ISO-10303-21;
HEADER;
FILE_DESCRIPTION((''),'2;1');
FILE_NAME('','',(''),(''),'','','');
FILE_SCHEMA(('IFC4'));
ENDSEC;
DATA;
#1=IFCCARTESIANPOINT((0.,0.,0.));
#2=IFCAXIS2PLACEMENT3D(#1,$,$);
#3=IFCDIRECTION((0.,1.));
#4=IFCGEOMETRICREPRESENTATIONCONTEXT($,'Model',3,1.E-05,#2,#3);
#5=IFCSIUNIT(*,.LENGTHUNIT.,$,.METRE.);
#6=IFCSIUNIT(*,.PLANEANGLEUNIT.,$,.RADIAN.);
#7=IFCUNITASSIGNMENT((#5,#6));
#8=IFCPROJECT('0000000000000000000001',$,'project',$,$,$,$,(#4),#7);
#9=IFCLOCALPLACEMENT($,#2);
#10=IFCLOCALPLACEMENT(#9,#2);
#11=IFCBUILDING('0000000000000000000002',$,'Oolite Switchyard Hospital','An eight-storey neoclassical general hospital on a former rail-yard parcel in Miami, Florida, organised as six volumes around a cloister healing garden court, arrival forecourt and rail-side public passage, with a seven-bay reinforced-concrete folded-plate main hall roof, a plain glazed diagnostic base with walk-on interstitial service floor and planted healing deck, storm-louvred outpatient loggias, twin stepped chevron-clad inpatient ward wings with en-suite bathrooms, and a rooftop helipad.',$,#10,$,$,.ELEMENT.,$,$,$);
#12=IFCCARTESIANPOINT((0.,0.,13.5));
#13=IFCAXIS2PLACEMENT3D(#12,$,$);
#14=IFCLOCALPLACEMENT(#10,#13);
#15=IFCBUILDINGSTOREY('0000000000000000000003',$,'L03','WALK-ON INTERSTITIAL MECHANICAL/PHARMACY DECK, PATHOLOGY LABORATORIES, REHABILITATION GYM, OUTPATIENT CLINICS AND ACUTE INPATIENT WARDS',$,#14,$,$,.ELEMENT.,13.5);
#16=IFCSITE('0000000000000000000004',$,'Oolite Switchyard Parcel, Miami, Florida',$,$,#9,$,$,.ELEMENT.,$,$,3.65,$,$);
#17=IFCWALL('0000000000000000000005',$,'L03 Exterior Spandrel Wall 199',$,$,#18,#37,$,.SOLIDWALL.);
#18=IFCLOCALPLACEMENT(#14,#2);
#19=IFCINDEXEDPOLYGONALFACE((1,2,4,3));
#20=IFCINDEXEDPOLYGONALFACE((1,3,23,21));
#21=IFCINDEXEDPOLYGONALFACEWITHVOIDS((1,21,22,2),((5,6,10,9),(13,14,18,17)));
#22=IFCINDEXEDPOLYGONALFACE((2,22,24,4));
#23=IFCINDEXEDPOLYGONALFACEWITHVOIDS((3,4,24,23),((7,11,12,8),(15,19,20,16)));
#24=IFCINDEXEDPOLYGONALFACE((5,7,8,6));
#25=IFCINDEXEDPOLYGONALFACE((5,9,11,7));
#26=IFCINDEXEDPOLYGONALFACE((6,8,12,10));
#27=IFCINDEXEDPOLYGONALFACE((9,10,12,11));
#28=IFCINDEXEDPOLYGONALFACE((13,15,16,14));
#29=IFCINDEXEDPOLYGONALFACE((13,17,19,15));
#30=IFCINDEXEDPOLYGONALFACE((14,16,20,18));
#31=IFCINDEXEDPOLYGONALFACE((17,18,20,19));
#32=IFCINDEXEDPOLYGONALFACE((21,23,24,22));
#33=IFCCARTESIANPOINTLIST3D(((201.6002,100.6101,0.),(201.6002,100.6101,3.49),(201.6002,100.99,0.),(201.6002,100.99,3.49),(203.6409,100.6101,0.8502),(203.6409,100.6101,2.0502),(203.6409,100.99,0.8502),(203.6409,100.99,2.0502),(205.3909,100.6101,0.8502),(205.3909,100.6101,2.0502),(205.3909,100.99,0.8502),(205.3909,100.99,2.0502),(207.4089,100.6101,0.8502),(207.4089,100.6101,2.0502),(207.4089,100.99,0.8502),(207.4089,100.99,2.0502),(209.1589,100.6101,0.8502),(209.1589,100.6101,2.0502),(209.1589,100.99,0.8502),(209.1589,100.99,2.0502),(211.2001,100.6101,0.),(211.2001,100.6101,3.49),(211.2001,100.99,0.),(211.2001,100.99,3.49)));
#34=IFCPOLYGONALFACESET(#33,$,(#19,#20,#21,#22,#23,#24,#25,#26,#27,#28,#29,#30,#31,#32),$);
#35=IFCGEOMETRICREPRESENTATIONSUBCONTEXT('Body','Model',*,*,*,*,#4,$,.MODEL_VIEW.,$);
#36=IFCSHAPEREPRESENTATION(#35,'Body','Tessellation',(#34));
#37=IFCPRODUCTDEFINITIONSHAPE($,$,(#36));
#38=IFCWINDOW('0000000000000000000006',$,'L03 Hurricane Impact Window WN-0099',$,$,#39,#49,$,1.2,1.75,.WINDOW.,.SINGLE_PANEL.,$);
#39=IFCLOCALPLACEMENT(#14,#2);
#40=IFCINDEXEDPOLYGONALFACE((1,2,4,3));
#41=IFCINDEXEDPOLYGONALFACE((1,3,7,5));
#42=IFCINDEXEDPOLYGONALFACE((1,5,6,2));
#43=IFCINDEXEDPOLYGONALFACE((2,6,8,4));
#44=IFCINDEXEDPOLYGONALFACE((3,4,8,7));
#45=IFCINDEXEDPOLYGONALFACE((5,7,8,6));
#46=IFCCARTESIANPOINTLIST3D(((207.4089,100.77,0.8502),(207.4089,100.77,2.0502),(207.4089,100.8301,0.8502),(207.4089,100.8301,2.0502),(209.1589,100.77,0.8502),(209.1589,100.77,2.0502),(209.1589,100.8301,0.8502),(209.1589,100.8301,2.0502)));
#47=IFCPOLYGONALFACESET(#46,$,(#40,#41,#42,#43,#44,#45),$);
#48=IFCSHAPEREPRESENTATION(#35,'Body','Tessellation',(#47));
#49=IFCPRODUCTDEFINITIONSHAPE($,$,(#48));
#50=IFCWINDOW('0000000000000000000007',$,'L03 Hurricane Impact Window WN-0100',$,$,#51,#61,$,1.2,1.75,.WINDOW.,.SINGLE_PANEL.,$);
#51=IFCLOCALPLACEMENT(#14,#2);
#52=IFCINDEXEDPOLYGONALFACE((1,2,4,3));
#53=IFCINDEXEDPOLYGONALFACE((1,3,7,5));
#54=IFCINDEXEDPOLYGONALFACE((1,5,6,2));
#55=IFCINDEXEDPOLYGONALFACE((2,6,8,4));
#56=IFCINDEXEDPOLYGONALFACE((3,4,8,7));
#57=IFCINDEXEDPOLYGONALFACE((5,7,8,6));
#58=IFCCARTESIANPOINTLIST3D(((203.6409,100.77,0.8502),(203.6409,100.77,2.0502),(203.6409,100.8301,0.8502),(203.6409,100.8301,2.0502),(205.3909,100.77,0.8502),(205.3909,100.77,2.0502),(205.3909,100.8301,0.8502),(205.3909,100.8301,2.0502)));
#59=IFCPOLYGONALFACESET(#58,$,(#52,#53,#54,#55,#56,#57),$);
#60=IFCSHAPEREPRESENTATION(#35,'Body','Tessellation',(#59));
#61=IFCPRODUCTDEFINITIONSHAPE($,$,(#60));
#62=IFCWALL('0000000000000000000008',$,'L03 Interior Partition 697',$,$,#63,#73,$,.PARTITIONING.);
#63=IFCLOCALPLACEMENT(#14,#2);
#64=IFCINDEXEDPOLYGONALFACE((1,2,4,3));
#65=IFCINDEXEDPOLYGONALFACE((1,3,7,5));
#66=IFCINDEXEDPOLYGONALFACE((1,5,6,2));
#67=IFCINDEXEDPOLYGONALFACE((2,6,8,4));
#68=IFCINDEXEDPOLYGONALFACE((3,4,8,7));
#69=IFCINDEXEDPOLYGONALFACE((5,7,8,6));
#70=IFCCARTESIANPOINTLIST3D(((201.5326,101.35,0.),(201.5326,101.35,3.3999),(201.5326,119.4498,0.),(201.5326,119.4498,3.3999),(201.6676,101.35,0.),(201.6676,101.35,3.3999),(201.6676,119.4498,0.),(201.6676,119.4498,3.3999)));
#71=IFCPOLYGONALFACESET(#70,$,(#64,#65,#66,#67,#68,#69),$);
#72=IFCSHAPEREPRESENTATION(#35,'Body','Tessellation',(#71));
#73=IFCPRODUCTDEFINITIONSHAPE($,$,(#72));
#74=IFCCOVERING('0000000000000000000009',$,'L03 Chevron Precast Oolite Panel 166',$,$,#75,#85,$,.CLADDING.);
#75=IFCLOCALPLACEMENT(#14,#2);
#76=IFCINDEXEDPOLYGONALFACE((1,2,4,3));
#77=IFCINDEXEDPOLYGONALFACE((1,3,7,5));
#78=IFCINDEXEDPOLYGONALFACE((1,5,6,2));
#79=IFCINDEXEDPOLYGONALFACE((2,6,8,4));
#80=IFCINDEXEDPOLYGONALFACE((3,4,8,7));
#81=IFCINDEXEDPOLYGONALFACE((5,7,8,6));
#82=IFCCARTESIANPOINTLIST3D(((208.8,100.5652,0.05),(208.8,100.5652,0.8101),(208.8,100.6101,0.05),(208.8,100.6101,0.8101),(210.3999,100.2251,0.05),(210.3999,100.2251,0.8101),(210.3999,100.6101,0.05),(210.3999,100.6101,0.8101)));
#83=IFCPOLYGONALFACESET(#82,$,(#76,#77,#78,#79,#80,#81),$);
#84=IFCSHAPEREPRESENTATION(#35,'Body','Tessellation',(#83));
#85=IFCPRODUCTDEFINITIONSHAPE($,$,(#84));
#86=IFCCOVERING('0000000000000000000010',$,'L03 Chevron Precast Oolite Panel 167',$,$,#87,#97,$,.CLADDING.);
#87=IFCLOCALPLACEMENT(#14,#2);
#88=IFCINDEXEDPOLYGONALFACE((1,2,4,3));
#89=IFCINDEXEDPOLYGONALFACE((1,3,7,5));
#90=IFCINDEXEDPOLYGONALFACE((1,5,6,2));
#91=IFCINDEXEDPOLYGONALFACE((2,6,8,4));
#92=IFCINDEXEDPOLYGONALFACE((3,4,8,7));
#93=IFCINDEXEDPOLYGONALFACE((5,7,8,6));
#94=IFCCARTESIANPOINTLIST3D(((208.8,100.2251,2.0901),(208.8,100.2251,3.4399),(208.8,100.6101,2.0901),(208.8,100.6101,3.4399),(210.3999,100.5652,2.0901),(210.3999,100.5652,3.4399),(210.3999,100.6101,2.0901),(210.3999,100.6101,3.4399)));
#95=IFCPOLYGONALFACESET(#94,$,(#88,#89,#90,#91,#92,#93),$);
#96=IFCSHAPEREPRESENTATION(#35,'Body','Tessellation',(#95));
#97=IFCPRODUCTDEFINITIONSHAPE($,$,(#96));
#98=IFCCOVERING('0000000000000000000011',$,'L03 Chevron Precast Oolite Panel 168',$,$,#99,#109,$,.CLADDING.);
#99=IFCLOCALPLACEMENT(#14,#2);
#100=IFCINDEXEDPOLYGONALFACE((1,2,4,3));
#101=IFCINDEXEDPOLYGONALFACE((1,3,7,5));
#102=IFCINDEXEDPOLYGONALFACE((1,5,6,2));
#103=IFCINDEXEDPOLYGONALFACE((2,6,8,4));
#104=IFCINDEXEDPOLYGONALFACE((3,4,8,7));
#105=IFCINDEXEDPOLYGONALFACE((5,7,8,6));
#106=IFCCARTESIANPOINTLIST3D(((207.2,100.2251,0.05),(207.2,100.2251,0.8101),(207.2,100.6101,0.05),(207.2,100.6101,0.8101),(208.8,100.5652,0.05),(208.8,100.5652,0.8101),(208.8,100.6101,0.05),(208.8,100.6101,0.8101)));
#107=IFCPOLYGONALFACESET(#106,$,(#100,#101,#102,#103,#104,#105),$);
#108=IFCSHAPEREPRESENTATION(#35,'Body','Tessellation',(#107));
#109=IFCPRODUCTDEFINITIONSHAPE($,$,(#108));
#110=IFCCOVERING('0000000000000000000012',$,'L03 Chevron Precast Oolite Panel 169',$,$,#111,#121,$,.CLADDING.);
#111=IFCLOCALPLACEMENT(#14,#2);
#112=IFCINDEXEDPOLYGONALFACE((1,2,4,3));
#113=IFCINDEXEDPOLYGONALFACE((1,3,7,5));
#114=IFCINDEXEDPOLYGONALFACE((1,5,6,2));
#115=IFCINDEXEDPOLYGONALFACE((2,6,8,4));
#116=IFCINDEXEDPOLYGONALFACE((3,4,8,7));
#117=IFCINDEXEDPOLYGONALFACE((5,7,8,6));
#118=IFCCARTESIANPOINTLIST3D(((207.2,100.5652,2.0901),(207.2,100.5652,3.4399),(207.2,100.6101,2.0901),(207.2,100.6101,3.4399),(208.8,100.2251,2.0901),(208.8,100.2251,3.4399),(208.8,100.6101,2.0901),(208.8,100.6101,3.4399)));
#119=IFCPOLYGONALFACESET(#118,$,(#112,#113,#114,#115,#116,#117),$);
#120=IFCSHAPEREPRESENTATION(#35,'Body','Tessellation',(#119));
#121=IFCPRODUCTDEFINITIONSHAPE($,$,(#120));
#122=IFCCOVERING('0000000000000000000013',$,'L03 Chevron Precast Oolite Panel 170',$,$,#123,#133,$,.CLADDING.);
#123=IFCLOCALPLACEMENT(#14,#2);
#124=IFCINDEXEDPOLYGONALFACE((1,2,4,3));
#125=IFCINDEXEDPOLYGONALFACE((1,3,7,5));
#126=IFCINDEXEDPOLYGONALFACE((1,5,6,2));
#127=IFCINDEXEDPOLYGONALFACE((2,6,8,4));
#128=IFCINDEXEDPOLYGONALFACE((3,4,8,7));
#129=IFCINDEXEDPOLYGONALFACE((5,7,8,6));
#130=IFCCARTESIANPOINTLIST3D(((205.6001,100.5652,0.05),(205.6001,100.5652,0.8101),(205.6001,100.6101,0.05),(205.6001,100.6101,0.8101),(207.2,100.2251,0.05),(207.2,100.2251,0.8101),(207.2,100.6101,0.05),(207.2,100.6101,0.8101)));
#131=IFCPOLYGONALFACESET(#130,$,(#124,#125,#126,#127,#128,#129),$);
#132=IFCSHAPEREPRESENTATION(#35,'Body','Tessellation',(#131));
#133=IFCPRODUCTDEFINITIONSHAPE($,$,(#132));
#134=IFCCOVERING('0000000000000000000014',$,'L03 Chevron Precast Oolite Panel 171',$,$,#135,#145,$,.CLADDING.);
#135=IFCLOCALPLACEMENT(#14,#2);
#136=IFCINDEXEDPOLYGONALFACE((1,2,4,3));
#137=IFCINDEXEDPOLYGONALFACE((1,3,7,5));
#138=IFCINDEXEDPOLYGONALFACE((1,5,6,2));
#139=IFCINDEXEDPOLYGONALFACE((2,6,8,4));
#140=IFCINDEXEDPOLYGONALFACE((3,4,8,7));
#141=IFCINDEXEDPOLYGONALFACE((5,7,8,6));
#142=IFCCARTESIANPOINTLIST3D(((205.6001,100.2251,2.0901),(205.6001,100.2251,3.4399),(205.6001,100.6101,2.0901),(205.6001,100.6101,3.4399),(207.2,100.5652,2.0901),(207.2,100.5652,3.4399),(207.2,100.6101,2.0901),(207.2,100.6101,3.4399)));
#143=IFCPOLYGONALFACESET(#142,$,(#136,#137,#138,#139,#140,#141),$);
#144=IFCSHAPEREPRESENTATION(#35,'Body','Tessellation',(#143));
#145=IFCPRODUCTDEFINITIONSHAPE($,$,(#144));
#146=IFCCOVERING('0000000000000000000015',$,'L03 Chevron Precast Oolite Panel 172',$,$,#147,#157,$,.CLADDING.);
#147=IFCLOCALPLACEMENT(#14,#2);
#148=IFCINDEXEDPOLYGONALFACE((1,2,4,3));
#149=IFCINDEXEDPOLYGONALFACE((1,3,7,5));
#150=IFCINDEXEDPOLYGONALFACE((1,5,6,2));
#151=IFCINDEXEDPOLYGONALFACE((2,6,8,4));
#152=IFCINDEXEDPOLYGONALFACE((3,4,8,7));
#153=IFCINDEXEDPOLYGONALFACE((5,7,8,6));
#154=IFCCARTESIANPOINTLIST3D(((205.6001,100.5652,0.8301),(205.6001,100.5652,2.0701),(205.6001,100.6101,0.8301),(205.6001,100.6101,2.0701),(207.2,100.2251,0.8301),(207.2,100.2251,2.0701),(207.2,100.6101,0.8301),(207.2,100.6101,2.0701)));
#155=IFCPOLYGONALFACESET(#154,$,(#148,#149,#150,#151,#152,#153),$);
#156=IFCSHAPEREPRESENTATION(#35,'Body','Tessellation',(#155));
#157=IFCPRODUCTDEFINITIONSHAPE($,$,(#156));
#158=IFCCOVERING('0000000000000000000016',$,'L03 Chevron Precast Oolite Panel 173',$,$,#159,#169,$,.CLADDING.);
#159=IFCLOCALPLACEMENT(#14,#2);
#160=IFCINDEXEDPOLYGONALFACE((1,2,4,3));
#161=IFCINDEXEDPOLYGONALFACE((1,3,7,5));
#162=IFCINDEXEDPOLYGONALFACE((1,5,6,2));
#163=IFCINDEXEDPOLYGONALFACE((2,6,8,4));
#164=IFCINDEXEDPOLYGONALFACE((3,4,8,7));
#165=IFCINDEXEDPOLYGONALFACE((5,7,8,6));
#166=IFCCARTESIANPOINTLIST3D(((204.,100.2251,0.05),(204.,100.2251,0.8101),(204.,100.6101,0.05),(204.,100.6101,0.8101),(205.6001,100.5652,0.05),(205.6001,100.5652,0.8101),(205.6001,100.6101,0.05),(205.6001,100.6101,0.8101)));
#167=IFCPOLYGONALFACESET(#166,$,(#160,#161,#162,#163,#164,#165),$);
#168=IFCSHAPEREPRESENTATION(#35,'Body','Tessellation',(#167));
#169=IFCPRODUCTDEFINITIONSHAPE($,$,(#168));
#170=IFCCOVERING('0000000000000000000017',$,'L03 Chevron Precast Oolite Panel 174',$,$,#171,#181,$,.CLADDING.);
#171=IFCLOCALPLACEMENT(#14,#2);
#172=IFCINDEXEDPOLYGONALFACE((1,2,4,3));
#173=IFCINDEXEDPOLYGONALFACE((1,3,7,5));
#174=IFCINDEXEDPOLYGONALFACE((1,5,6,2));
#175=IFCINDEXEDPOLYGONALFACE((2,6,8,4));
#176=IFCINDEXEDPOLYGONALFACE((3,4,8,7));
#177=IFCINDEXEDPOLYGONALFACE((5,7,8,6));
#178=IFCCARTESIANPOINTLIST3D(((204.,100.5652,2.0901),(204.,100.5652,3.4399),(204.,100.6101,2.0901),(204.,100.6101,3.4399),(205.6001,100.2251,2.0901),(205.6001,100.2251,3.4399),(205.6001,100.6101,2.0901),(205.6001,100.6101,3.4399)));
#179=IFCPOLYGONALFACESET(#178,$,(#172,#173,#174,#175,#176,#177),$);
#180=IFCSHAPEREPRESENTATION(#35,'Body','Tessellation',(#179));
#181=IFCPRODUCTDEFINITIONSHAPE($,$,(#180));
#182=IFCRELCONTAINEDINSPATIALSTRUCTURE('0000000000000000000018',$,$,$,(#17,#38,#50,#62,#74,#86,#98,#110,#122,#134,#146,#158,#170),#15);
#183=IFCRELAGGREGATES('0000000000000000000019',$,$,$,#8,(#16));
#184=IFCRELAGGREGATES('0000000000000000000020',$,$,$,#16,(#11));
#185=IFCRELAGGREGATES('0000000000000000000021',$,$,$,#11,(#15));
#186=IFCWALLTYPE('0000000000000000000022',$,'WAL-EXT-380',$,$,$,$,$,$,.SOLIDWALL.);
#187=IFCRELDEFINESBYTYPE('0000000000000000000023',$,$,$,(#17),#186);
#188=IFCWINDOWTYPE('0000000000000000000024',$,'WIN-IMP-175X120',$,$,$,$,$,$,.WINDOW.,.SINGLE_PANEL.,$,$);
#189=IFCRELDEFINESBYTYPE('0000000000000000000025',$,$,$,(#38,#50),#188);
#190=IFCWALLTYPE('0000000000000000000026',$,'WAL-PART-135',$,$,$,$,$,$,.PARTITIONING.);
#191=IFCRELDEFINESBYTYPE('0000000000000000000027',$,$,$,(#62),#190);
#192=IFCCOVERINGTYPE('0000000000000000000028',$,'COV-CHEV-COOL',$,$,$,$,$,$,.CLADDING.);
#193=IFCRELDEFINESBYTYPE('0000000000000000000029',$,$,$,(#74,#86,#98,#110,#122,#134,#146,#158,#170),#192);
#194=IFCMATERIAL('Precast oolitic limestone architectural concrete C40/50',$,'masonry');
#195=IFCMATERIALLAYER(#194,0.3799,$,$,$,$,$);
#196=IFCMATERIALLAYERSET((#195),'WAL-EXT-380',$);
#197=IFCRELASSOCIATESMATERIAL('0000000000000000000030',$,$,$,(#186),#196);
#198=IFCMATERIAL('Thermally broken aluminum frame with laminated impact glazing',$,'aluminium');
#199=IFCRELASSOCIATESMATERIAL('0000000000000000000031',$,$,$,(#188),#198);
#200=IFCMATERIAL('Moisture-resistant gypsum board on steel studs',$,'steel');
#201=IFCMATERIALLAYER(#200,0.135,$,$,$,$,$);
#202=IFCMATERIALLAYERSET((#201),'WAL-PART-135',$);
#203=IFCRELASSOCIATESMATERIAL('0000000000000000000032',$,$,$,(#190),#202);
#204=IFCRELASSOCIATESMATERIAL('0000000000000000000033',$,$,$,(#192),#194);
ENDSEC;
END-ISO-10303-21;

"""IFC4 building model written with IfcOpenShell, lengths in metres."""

from ifc_helpers import new_model, si_unit, direction, frame, frame_2d, origin, place, context, subcontext, project, spatial, polyline, rectangle, outline, extrude, material, layer, layer_set, type_object, element, fill, save


model = new_model("IFC4")

# Units and contexts
model_context = context("Model", 3, precision=1e-05, world=origin(), true_north=direction((0.0, 1.0)))
body_context = subcontext(model_context, "Body", "Model", "MODEL_VIEW")
ifc_project = project(units=[si_unit("LENGTHUNIT", "METRE"), si_unit("PLANEANGLEUNIT", "RADIAN")], contexts=[model_context])

# Site, building, storey
site_placement = place(None, origin())
site = spatial("IfcSite", under=ifc_project, at=site_placement, Name="Oolite Switchyard Parcel, Miami, Florida", CompositionType="ELEMENT", RefElevation=3.65)
building_placement = place(site_placement, origin())
building = spatial("IfcBuilding", under=site, at=building_placement, Name="Oolite Switchyard Hospital", Description="An eight-storey neoclassical general hospital on a former rail-yard parcel in Miami, Florida, organised as six volumes around a cloister healing garden court, arrival forecourt and rail-side public passage, with a seven-bay reinforced-concrete folded-plate main hall roof, a plain glazed diagnostic base with walk-on interstitial service floor and planted healing deck, storm-louvred outpatient loggias, twin stepped chevron-clad inpatient ward wings with en-suite bathrooms, and a rooftop helipad.", CompositionType="ELEMENT")
storey_placement = place(building_placement, frame((0.0, 0.0, 13.5)))
storey = spatial("IfcBuildingStorey", under=building, at=storey_placement, Name="L03", Description="WALK-ON INTERSTITIAL MECHANICAL/PHARMACY DECK, PATHOLOGY LABORATORIES, REHABILITATION GYM, OUTPATIENT CLINICS AND ACUTE INPATIENT WARDS", CompositionType="ELEMENT", Elevation=13.5)

# Wall, openings, windows
ifc_material_1 = material(Name="Precast oolitic limestone architectural concrete C40/50", Category="masonry")
ifc_material_2 = material(Name="Thermally broken aluminum frame with laminated impact glazing", Category="aluminium")
ifc_layer_1 = layer(ifc_material_1, 0.3799)
ifc_layer_set_1 = layer_set([ifc_layer_1], Name="WAL-EXT-380")
wall_type_1 = type_object("IfcWallType", Name="WAL-EXT-380", PredefinedType="SOLIDWALL", material=ifc_layer_set_1)
wall_1_placement = place(storey_placement, frame((211.2, 100.8, 0.0), z_axis=(0.0, 0.0, 1.0), x_axis=(-1.0, 0.0, 0.0)))
wall_1 = element("IfcWall", 1, at=wall_1_placement, inside=storey, type_object=wall_type_1, Name="L03 Exterior Spandrel Wall 199", PredefinedType="SOLIDWALL", context=body_context, shape_type="SweptSolid", body=[
    extrude(rectangle(XDim=9.5999, YDim=0.3799, at=frame_2d((4.7998, 0.0))), origin(), (0.0, 0.0, 1.0), 3.49),
])
opening_1_placement = place(wall_1_placement, frame((2.041, 0.0, 0.8501)))
opening_1 = element("IfcOpeningElement", 2, at=opening_1_placement, cuts=wall_1, PredefinedType="OPENING", context=body_context, shape_type="SweptSolid", body=[
    extrude(rectangle(XDim=1.75, YDim=1.2, at=frame_2d((0.875, 0.6001))), frame((0.0, 0.2, 0.0), z_axis=(0.0, -1.0, 0.0), x_axis=(1.0, 0.0, 0.0)), (0.0, 0.0, 1.0), 0.3999),
])
opening_2_placement = place(wall_1_placement, frame((5.8091, 0.0, 0.8501)))
opening_2 = element("IfcOpeningElement", 3, at=opening_2_placement, cuts=wall_1, PredefinedType="OPENING", context=body_context, shape_type="SweptSolid", body=[
    extrude(rectangle(XDim=1.75, YDim=1.2, at=frame_2d((0.875, 0.6001))), frame((0.0, 0.2, 0.0), z_axis=(0.0, -1.0, 0.0), x_axis=(1.0, 0.0, 0.0)), (0.0, 0.0, 1.0), 0.3999),
])
window_type_1 = type_object("IfcWindowType", Name="WIN-IMP-175X120", PartitioningType="SINGLE_PANEL", PredefinedType="WINDOW", material=ifc_material_2)
window_1_placement = place(opening_1_placement, origin())
window_1 = element("IfcWindow", 4, at=window_1_placement, inside=storey, type_object=window_type_1, Name="L03 Hurricane Impact Window WN-0099", OverallHeight=1.2, OverallWidth=1.75, PartitioningType="SINGLE_PANEL", PredefinedType="WINDOW", context=body_context, shape_type="SweptSolid", body=[
    extrude(rectangle(XDim=1.75, YDim=1.2, at=frame_2d((0.875, 0.6001))), frame((0.0, 0.03, 0.0), z_axis=(0.0, -1.0, 0.0), x_axis=(1.0, 0.0, 0.0)), (0.0, 0.0, 1.0), 0.0601),
])
fill(opening_1, window_1)
window_2_placement = place(opening_2_placement, origin())
window_2 = element("IfcWindow", 5, at=window_2_placement, inside=storey, type_object=window_type_1, Name="L03 Hurricane Impact Window WN-0100", OverallHeight=1.2, OverallWidth=1.75, PartitioningType="SINGLE_PANEL", PredefinedType="WINDOW", context=body_context, shape_type="SweptSolid", body=[
    extrude(rectangle(XDim=1.75, YDim=1.2, at=frame_2d((0.875, 0.6001))), frame((0.0, 0.03, 0.0), z_axis=(0.0, -1.0, 0.0), x_axis=(1.0, 0.0, 0.0)), (0.0, 0.0, 1.0), 0.0601),
])
fill(opening_2, window_2)

# Wall
ifc_material_3 = material(Name="Moisture-resistant gypsum board on steel studs", Category="steel")
ifc_layer_2 = layer(ifc_material_3, 0.135)
ifc_layer_set_2 = layer_set([ifc_layer_2], Name="WAL-PART-135")
wall_type_2 = type_object("IfcWallType", Name="WAL-PART-135", PredefinedType="PARTITIONING", material=ifc_layer_set_2)
wall_2_placement = place(storey_placement, frame((201.6001, 101.3501, 0.0), z_axis=(0.0, 0.0, 1.0), x_axis=(0.0, 1.0, 0.0)))
element("IfcWall", 6, at=wall_2_placement, inside=storey, type_object=wall_type_2, Name="L03 Interior Partition 697", PredefinedType="PARTITIONING", context=body_context, shape_type="SweptSolid", body=[
    extrude(rectangle(XDim=18.0999, YDim=0.135, at=frame_2d((9.0498, 0.0))), origin(), (0.0, 0.0, 1.0), 3.3999),
])

# Coverings
covering_type = type_object("IfcCoveringType", Name="COV-CHEV-COOL", PredefinedType="CLADDING", material=ifc_material_1)
covering_1_placement = place(storey_placement, frame((210.3999, 100.6101, 0.05), z_axis=(0.0, 0.0, 1.0), x_axis=(-1.0, 0.0, 0.0)))
element("IfcCovering", 7, at=covering_1_placement, inside=storey, type_object=covering_type, Name="L03 Chevron Precast Oolite Panel 166", PredefinedType="CLADDING", context=body_context, shape_type="SweptSolid", body=[
    extrude(outline(polyline([(0.0, 0.0), (1.5999, 0.0), (1.5999, 0.0449), (0.0, 0.385), (0.0, 0.0)])), origin(), (0.0, 0.0, 1.0), 0.76),
])
covering_2_placement = place(storey_placement, frame((210.3999, 100.6101, 2.0901), z_axis=(0.0, 0.0, 1.0), x_axis=(-1.0, 0.0, 0.0)))
element("IfcCovering", 8, at=covering_2_placement, inside=storey, type_object=covering_type, Name="L03 Chevron Precast Oolite Panel 167", PredefinedType="CLADDING", context=body_context, shape_type="SweptSolid", body=[
    extrude(outline(polyline([(0.0, 0.0), (1.5999, 0.0), (1.5999, 0.385), (0.0, 0.0449), (0.0, 0.0)])), origin(), (0.0, 0.0, 1.0), 1.3499),
])
covering_3_placement = place(storey_placement, frame((208.8, 100.6101, 0.05), z_axis=(0.0, 0.0, 1.0), x_axis=(-1.0, 0.0, 0.0)))
element("IfcCovering", 9, at=covering_3_placement, inside=storey, type_object=covering_type, Name="L03 Chevron Precast Oolite Panel 168", PredefinedType="CLADDING", context=body_context, shape_type="SweptSolid", body=[
    extrude(outline(polyline([(0.0, 0.0), (1.6001, 0.0), (1.6001, 0.385), (0.0, 0.0449), (0.0, 0.0)])), origin(), (0.0, 0.0, 1.0), 0.76),
])
covering_4_placement = place(storey_placement, frame((208.8, 100.6101, 2.0901), z_axis=(0.0, 0.0, 1.0), x_axis=(-1.0, 0.0, 0.0)))
element("IfcCovering", 10, at=covering_4_placement, inside=storey, type_object=covering_type, Name="L03 Chevron Precast Oolite Panel 169", PredefinedType="CLADDING", context=body_context, shape_type="SweptSolid", body=[
    extrude(outline(polyline([(0.0, 0.0), (1.6001, 0.0), (1.6001, 0.0449), (0.0, 0.385), (0.0, 0.0)])), origin(), (0.0, 0.0, 1.0), 1.3499),
])
covering_5_placement = place(storey_placement, frame((207.2, 100.6101, 0.05), z_axis=(0.0, 0.0, 1.0), x_axis=(-1.0, 0.0, 0.0)))
element("IfcCovering", 11, at=covering_5_placement, inside=storey, type_object=covering_type, Name="L03 Chevron Precast Oolite Panel 170", PredefinedType="CLADDING", context=body_context, shape_type="SweptSolid", body=[
    extrude(outline(polyline([(0.0, 0.0), (1.5999, 0.0), (1.5999, 0.0449), (0.0, 0.385), (0.0, 0.0)])), origin(), (0.0, 0.0, 1.0), 0.76),
])
covering_6_placement = place(storey_placement, frame((207.2, 100.6101, 2.0901), z_axis=(0.0, 0.0, 1.0), x_axis=(-1.0, 0.0, 0.0)))
element("IfcCovering", 12, at=covering_6_placement, inside=storey, type_object=covering_type, Name="L03 Chevron Precast Oolite Panel 171", PredefinedType="CLADDING", context=body_context, shape_type="SweptSolid", body=[
    extrude(outline(polyline([(0.0, 0.0), (1.5999, 0.0), (1.5999, 0.385), (0.0, 0.0449), (0.0, 0.0)])), origin(), (0.0, 0.0, 1.0), 1.3499),
])
covering_7_placement = place(storey_placement, frame((207.2, 100.6101, 0.8301), z_axis=(0.0, 0.0, 1.0), x_axis=(-1.0, 0.0, 0.0)))
element("IfcCovering", 13, at=covering_7_placement, inside=storey, type_object=covering_type, Name="L03 Chevron Precast Oolite Panel 172", PredefinedType="CLADDING", context=body_context, shape_type="SweptSolid", body=[
    extrude(outline(polyline([(0.0, 0.0), (1.5999, 0.0), (1.5999, 0.0449), (0.0, 0.385), (0.0, 0.0)])), origin(), (0.0, 0.0, 1.0), 1.24),
])
covering_8_placement = place(storey_placement, frame((205.6001, 100.6101, 0.05), z_axis=(0.0, 0.0, 1.0), x_axis=(-1.0, 0.0, 0.0)))
element("IfcCovering", 14, at=covering_8_placement, inside=storey, type_object=covering_type, Name="L03 Chevron Precast Oolite Panel 173", PredefinedType="CLADDING", context=body_context, shape_type="SweptSolid", body=[
    extrude(outline(polyline([(0.0, 0.0), (1.6001, 0.0), (1.6001, 0.385), (0.0, 0.0449), (0.0, 0.0)])), origin(), (0.0, 0.0, 1.0), 0.76),
])
covering_9_placement = place(storey_placement, frame((205.6001, 100.6101, 2.0901), z_axis=(0.0, 0.0, 1.0), x_axis=(-1.0, 0.0, 0.0)))
element("IfcCovering", 15, at=covering_9_placement, inside=storey, type_object=covering_type, Name="L03 Chevron Precast Oolite Panel 174", PredefinedType="CLADDING", context=body_context, shape_type="SweptSolid", body=[
    extrude(outline(polyline([(0.0, 0.0), (1.6001, 0.0), (1.6001, 0.0449), (0.0, 0.385), (0.0, 0.0)])), origin(), (0.0, 0.0, 1.0), 1.3499),
])

save(model, "model.ifc")
